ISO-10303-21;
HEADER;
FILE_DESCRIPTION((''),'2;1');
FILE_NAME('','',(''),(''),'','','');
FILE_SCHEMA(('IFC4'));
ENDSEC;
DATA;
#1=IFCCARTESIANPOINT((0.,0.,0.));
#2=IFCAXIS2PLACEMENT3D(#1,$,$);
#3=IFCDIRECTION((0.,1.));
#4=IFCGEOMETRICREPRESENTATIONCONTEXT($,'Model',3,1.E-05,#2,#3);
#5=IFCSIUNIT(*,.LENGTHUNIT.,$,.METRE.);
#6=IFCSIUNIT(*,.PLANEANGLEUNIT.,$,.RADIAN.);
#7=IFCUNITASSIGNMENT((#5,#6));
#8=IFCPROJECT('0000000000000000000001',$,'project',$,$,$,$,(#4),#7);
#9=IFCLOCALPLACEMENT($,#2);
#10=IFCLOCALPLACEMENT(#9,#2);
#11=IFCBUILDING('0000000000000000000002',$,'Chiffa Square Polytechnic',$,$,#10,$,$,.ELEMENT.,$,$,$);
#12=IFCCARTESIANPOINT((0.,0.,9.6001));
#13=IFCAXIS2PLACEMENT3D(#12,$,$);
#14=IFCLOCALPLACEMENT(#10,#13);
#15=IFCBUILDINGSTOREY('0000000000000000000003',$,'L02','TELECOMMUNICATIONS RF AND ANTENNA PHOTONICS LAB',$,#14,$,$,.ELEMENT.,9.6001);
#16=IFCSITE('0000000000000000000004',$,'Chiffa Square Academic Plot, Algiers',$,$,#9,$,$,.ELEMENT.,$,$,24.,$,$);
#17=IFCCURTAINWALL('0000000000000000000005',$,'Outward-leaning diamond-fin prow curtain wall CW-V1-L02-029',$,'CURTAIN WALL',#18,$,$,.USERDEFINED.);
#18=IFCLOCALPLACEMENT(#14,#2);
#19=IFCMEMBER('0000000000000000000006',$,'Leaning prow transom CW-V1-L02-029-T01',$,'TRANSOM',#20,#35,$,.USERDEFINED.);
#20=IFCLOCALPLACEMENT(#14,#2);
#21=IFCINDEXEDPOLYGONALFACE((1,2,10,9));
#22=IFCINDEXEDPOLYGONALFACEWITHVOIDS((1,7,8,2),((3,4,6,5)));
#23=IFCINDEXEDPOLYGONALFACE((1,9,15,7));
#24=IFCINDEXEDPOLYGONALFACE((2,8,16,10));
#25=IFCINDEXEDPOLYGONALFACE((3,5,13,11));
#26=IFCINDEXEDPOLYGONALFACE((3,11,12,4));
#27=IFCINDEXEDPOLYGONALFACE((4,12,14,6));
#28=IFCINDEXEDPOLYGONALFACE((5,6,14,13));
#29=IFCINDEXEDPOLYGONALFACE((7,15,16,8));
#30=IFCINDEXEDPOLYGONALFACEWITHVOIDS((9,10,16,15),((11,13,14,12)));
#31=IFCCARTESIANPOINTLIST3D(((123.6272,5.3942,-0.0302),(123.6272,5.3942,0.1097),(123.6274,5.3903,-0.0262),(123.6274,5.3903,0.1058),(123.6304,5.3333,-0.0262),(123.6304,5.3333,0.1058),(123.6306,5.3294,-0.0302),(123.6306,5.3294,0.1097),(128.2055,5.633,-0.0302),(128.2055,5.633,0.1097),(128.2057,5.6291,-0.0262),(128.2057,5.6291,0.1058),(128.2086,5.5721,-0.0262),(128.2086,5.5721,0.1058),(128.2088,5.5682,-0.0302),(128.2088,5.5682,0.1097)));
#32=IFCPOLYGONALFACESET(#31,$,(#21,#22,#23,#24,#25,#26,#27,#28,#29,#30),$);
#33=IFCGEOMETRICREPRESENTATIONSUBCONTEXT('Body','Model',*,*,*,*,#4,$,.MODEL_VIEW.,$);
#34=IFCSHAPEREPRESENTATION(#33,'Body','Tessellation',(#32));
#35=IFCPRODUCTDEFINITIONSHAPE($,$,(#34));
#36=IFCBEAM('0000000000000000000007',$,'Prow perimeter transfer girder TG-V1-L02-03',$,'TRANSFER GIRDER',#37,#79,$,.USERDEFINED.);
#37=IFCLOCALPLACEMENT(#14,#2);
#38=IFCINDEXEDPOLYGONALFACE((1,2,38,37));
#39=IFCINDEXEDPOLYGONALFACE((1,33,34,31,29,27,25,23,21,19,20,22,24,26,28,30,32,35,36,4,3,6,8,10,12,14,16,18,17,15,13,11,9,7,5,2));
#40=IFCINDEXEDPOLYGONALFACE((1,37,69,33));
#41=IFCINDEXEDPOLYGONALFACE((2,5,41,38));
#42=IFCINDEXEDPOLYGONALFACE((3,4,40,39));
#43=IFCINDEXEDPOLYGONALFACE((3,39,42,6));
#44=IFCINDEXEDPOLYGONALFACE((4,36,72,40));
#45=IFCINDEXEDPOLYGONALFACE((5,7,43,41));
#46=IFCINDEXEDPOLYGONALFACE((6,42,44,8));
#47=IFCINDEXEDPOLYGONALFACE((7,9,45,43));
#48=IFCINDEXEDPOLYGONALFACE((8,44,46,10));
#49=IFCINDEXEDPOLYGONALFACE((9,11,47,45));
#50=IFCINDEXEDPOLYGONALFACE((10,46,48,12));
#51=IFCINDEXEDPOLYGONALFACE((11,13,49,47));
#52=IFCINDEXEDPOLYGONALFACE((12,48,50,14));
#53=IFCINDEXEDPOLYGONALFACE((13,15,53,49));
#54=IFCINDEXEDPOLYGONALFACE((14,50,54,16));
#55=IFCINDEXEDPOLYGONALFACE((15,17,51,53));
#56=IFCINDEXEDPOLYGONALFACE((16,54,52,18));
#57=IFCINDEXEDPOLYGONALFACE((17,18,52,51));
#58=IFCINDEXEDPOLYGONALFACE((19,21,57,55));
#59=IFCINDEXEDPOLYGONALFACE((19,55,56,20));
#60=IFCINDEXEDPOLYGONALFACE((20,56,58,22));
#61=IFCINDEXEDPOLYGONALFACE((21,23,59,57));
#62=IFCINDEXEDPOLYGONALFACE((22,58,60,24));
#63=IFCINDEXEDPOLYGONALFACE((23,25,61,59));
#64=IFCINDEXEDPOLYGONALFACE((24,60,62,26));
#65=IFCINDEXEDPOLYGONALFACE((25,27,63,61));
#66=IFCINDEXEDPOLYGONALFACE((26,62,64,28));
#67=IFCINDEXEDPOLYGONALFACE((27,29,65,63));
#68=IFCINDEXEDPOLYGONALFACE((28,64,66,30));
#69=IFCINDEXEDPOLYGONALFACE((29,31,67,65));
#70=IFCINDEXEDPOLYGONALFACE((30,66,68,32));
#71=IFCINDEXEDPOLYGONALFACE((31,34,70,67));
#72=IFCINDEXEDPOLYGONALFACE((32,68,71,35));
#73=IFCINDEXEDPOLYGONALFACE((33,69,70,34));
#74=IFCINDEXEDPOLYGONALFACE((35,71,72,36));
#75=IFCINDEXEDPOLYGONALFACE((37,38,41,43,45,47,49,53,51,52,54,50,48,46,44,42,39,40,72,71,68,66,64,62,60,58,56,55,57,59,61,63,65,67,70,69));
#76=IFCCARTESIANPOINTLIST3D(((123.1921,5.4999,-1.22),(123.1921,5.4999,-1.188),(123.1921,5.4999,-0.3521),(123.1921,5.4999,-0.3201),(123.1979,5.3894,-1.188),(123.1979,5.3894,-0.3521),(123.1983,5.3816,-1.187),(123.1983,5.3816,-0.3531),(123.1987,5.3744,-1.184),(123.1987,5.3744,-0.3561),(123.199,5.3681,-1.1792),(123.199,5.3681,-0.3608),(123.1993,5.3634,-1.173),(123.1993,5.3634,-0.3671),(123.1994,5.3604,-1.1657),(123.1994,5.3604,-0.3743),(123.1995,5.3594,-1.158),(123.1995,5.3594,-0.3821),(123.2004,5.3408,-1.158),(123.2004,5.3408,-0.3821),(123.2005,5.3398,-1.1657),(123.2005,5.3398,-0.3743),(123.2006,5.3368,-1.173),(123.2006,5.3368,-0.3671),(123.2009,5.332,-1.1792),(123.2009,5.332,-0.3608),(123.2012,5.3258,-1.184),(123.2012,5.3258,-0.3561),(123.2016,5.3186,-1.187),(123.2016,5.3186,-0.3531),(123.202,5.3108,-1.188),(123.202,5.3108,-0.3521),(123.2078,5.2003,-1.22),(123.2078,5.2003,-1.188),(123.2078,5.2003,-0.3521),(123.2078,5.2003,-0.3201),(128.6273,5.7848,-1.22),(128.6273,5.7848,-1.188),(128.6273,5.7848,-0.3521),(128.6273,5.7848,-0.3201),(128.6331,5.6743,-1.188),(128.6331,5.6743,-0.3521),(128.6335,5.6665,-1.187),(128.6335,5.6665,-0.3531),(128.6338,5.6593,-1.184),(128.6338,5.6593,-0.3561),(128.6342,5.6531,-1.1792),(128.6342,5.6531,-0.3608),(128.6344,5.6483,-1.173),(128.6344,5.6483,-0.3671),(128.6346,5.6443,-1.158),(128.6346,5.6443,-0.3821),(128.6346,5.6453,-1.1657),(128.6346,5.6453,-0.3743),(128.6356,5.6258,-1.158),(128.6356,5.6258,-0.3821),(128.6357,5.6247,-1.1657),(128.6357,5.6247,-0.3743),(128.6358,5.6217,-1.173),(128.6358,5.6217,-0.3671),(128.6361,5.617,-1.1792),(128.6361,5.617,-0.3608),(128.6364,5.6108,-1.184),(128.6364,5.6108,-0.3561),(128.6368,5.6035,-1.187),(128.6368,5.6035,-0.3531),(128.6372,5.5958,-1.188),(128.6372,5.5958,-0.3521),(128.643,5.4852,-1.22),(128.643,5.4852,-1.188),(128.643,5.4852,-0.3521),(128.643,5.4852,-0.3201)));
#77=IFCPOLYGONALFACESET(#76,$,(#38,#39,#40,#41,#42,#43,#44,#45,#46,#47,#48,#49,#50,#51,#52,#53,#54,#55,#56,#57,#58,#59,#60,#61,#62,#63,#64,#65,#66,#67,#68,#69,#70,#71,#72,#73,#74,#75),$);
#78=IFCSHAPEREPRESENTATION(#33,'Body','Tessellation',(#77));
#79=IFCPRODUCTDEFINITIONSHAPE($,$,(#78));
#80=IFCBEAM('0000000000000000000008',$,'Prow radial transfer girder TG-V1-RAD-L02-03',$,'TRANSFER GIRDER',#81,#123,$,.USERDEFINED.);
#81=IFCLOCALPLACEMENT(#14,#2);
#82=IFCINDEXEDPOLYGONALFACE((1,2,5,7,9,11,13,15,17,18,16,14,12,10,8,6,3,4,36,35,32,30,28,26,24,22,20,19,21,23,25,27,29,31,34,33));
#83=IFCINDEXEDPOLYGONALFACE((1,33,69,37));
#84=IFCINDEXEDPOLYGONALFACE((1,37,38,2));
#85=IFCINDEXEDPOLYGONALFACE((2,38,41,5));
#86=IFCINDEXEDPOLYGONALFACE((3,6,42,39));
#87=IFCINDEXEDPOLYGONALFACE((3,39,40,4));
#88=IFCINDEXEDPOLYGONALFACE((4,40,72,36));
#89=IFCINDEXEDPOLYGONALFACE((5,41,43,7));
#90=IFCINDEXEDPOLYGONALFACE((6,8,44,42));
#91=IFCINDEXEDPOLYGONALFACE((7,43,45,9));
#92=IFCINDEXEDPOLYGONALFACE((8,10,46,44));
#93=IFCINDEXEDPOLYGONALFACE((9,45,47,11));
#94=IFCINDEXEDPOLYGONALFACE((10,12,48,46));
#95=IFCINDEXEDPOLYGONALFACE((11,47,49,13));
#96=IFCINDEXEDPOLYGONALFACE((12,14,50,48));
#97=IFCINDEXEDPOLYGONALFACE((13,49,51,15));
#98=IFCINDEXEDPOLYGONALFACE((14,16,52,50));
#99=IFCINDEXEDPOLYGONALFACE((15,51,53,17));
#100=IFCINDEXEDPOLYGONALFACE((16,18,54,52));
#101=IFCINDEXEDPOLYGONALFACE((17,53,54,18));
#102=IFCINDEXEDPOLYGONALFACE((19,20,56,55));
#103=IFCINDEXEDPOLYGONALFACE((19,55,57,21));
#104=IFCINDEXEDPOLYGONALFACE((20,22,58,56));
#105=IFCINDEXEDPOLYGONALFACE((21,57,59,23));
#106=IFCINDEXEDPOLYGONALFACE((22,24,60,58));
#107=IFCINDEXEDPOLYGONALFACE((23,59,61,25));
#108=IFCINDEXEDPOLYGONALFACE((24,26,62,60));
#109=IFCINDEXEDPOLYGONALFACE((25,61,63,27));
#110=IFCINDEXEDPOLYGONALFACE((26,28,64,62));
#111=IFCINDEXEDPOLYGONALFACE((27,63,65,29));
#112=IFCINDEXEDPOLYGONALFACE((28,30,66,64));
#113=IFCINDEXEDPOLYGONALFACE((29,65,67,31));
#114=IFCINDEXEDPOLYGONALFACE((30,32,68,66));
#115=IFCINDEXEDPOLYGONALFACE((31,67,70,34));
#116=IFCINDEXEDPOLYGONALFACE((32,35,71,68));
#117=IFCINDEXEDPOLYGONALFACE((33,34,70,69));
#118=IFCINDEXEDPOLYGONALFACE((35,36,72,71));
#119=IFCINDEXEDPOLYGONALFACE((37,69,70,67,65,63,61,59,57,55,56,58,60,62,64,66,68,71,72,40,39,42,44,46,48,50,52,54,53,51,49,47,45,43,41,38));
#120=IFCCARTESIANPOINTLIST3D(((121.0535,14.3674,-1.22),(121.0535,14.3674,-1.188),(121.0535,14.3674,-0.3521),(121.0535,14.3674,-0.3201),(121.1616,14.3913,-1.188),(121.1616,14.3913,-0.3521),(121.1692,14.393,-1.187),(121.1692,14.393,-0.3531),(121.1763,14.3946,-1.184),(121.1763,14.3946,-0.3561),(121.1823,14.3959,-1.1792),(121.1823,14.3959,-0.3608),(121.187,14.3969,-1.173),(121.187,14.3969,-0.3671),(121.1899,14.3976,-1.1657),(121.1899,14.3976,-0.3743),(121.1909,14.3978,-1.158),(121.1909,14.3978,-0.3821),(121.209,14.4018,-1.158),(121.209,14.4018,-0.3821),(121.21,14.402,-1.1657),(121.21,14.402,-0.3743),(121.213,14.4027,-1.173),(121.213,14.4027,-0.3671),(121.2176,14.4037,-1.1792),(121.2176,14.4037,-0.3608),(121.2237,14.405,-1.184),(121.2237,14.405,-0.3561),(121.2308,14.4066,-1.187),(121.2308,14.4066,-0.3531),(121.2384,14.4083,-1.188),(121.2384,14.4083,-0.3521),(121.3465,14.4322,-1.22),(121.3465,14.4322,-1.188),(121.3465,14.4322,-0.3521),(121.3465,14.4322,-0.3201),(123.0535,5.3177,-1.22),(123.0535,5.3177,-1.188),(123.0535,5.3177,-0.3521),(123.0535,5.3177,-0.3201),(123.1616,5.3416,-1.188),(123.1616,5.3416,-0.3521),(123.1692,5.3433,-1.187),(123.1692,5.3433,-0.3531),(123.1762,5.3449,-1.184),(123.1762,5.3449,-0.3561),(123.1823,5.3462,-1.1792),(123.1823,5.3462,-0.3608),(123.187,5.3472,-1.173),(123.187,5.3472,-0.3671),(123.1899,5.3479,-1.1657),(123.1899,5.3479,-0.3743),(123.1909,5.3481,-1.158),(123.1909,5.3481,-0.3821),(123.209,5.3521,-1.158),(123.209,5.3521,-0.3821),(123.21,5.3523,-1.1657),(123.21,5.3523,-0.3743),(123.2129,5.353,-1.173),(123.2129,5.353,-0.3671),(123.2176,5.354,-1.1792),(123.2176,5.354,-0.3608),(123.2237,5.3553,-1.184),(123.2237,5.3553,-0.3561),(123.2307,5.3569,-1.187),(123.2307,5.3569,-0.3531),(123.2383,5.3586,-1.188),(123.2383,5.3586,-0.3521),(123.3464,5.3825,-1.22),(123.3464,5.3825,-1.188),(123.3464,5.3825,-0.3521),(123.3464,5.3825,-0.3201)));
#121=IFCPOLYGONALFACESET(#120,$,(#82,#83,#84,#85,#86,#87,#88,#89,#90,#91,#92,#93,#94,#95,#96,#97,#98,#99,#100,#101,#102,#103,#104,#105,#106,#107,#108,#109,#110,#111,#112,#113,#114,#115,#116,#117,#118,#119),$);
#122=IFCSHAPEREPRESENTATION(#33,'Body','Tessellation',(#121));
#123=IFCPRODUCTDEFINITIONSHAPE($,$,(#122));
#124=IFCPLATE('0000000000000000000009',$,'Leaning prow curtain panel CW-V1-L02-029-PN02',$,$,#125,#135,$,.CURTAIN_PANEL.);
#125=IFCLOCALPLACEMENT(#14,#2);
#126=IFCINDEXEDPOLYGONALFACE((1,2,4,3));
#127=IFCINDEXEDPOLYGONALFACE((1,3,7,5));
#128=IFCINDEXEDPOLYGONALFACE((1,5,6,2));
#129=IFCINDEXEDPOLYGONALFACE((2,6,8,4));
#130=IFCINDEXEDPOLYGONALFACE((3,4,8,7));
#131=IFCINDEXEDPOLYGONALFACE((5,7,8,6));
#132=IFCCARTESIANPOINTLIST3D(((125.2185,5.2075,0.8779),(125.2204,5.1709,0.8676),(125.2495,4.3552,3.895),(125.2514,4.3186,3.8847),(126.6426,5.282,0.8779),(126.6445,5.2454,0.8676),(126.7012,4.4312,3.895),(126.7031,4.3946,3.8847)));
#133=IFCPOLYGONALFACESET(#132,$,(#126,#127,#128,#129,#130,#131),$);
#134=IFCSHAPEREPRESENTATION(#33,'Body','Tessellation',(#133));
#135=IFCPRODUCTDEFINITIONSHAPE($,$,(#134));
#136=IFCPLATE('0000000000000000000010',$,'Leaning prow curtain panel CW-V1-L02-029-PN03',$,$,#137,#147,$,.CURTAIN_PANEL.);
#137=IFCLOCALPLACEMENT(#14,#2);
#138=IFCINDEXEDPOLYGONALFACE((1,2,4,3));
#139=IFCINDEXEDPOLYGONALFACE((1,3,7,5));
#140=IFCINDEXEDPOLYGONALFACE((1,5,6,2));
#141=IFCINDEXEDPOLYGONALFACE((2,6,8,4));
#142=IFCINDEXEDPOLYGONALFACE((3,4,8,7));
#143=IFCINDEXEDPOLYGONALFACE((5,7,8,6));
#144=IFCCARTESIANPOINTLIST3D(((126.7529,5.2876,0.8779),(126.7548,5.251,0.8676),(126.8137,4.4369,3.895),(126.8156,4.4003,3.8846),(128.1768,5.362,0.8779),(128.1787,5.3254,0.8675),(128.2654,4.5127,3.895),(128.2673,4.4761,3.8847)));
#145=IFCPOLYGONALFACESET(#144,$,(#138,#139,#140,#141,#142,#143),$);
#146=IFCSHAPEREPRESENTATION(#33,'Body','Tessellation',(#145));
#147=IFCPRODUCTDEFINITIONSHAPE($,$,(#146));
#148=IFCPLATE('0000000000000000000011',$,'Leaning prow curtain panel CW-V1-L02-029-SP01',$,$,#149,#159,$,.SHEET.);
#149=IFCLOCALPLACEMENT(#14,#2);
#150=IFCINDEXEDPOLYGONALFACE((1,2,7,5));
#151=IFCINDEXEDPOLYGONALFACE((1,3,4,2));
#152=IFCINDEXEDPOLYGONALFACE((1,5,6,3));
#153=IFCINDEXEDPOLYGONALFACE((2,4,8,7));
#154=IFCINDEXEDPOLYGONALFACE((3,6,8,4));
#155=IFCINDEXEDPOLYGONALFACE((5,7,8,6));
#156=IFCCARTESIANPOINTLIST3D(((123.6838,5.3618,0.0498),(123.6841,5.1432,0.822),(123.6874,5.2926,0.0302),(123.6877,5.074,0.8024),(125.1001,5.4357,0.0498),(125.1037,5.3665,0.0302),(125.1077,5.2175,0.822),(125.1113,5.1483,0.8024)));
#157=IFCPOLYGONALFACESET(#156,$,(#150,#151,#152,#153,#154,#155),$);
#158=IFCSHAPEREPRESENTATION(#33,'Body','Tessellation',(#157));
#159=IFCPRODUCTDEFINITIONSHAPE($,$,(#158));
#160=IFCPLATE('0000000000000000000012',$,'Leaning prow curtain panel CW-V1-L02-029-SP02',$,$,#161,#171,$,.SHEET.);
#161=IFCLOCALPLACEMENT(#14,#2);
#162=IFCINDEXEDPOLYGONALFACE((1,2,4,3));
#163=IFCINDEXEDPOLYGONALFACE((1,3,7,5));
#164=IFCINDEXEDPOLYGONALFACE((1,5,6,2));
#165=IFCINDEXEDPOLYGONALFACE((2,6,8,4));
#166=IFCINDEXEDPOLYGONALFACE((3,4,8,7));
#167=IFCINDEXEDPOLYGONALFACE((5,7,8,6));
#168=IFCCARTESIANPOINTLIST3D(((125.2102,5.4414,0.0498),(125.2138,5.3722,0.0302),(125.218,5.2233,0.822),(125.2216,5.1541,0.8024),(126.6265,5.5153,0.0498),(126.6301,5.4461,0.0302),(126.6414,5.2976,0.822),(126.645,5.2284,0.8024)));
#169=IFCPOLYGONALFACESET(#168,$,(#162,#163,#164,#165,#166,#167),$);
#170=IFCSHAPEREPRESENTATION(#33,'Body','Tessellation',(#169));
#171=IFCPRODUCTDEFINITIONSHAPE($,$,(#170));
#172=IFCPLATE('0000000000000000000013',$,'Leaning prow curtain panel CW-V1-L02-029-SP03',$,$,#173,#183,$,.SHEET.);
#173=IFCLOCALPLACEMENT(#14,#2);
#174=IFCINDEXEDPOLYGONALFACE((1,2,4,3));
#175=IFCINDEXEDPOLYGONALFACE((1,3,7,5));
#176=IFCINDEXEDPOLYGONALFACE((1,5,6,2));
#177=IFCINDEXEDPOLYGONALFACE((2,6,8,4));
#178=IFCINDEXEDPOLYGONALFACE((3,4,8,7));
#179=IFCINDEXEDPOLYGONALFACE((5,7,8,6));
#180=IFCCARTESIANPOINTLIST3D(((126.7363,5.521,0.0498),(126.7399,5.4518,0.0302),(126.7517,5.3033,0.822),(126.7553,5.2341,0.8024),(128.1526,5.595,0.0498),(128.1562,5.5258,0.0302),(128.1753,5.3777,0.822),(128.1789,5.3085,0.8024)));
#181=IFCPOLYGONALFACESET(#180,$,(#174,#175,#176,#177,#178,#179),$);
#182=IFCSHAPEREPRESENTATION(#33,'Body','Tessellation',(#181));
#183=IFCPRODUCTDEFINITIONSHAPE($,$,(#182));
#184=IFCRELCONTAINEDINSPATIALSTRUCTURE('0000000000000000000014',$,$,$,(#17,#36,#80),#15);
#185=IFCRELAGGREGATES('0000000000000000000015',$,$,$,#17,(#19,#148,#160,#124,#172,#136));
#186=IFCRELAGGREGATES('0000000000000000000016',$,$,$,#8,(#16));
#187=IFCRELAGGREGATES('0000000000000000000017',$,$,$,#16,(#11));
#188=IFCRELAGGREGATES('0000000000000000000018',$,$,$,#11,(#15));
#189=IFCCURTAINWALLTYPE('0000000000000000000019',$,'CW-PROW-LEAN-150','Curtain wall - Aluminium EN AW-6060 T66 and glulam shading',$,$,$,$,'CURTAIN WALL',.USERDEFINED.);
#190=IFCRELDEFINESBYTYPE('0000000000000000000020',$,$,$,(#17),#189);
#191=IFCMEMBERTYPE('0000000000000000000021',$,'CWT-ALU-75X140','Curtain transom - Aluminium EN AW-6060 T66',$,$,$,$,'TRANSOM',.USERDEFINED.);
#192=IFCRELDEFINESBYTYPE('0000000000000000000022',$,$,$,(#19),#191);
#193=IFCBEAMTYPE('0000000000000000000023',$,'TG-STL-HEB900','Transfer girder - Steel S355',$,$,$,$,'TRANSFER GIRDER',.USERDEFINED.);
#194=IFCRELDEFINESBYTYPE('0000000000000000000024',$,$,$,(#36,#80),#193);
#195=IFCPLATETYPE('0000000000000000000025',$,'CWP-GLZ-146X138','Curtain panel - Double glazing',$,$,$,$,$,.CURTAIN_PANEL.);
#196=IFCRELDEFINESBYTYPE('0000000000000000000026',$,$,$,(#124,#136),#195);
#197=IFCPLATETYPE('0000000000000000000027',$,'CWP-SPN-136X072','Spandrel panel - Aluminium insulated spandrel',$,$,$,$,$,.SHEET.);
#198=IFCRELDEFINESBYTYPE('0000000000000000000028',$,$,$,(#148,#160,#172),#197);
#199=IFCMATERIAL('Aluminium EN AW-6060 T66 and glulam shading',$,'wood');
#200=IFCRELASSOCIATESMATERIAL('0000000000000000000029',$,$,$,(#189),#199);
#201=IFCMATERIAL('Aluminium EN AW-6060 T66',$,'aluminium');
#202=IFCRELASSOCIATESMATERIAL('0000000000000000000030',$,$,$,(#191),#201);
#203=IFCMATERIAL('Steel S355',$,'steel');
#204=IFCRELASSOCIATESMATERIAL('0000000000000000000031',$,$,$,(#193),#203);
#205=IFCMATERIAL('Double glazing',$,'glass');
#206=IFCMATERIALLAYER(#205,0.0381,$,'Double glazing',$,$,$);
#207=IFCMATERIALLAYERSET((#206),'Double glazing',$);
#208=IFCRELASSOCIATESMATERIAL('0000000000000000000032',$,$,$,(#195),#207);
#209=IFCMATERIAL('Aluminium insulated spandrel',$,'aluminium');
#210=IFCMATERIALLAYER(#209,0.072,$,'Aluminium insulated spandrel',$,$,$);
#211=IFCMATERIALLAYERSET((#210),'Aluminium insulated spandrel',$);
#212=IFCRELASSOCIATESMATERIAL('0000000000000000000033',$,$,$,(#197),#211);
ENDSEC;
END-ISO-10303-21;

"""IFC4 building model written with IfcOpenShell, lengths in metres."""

from ifc_helpers import new_model, si_unit, direction, frame, origin, origin_2d, place, context, subcontext, project, spatial, polyline, hollow_rectangle, i_section, outline, extrude, material, layer, layer_set, material_profile, profile_set, type_object, element, aggregate, save


model = new_model("IFC4")

# Units and contexts
model_context = context("Model", 3, precision=1e-05, world=origin(), true_north=direction((0.0, 1.0)))
body_context = subcontext(model_context, "Body", "Model", "MODEL_VIEW")
ifc_project = project(units=[si_unit("LENGTHUNIT", "METRE"), si_unit("PLANEANGLEUNIT", "RADIAN")], contexts=[model_context])

# Site, building, storey
site_placement = place(None, origin())
site = spatial("IfcSite", under=ifc_project, at=site_placement, Name="Chiffa Square Academic Plot, Algiers", CompositionType="ELEMENT", RefElevation=24.0)
building_placement = place(site_placement, origin())
building = spatial("IfcBuilding", under=site, at=building_placement, Name="Chiffa Square Polytechnic", CompositionType="ELEMENT")
storey_placement = place(building_placement, frame((0.0, 0.0, 9.6001)))
storey = spatial("IfcBuildingStorey", under=building, at=storey_placement, Name="L02", Description="TELECOMMUNICATIONS RF AND ANTENNA PHOTONICS LAB", CompositionType="ELEMENT", Elevation=9.6001)

# Curtain wall, member
ifc_material_1 = material(Name="Aluminium EN AW-6060 T66 and glulam shading", Category="wood")
ifc_material_2 = material(Name="Aluminium EN AW-6060 T66", Category="aluminium")
curtain_wall_type_1 = type_object("IfcCurtainWallType", Name="CW-PROW-LEAN-150", Description="Curtain wall - Aluminium EN AW-6060 T66 and glulam shading", ElementType="CURTAIN WALL", PredefinedType="USERDEFINED", material=ifc_material_1)
curtain_wall_1_placement = place(storey_placement, origin())
curtain_wall_1 = element("IfcCurtainWall", 1, at=curtain_wall_1_placement, inside=storey, type_object=curtain_wall_type_1, Name="Outward-leaning diamond-fin prow curtain wall CW-V1-L02-029", ObjectType="CURTAIN WALL", PredefinedType="USERDEFINED")
ifc_material_profile_1 = material_profile(ifc_material_2, hollow_rectangle(XDim=0.0649, YDim=0.1399, WallThickness=0.0039, at=origin_2d()), Name="ALU 65x140x4")
ifc_profile_set_1 = profile_set([ifc_material_profile_1], Name="Aluminium EN AW-6060 T66")
member_type_1 = type_object("IfcMemberType", Name="CWT-ALU-75X140", Description="Curtain transom - Aluminium EN AW-6060 T66", ElementType="TRANSOM", PredefinedType="USERDEFINED", material=ifc_profile_set_1)
member_1_placement = place(storey_placement, frame((123.6289, 5.3618, 0.0398), z_axis=(0.998643, 0.052081, 0.0), x_axis=(-0.052081, 0.998643, 0.0)))
member_1 = element("IfcMember", 2, at=member_1_placement, type_object=member_type_1, Name="Leaning prow transom CW-V1-L02-029-T01", ObjectType="TRANSOM", PredefinedType="USERDEFINED", context=body_context, shape_type="SweptSolid", body=[
    extrude(hollow_rectangle(XDim=0.0649, YDim=0.1399, WallThickness=0.0039, at=origin_2d()), origin(), (0.0, 0.0, 1.0), 4.5845),
])

# Beams
ifc_material_3 = material(Name="Steel S355", Category="steel")
ifc_material_profile_2 = material_profile(ifc_material_3, i_section(OverallWidth=0.3, OverallDepth=0.8999, WebThickness=0.0186, FlangeThickness=0.032, FilletRadius=0.03, at=origin_2d()), Name="HEB 900")
ifc_profile_set_2 = profile_set([ifc_material_profile_2], Name="Steel S355")
beam_type_1 = type_object("IfcBeamType", Name="TG-STL-HEB900", Description="Transfer girder - Steel S355", ElementType="TRANSFER GIRDER", PredefinedType="USERDEFINED", material=ifc_profile_set_2)
beam_1_placement = place(storey_placement, frame((123.2, 5.3501, -0.77), z_axis=(0.998629, 0.052349, 0.0), x_axis=(-0.052349, 0.998629, 0.0)))
element("IfcBeam", 3, at=beam_1_placement, inside=storey, type_object=beam_type_1, Name="Prow perimeter transfer girder TG-V1-L02-03", ObjectType="TRANSFER GIRDER", PredefinedType="USERDEFINED", context=body_context, shape_type="SweptSolid", body=[
    extrude(i_section(OverallWidth=0.3, OverallDepth=0.8999, WebThickness=0.0186, FlangeThickness=0.032, FilletRadius=0.03, at=origin_2d()), origin(), (0.0, 0.0, 1.0), 5.4426),
])
beam_2_placement = place(storey_placement, frame((123.2, 5.3501, -0.77), z_axis=(-0.215792, 0.976439, 0.0), x_axis=(-0.976439, -0.215792, 0.0)))
element("IfcBeam", 4, at=beam_2_placement, inside=storey, type_object=beam_type_1, Name="Prow radial transfer girder TG-V1-RAD-L02-03", ObjectType="TRANSFER GIRDER", PredefinedType="USERDEFINED", context=body_context, shape_type="SweptSolid", body=[
    extrude(i_section(OverallWidth=0.3, OverallDepth=0.8999, WebThickness=0.0186, FlangeThickness=0.032, FilletRadius=0.03, at=origin_2d()), origin(), (0.0, 0.0, 1.0), 9.2681),
])

# Plates
ifc_material_4 = material(Name="Double glazing", Category="glass")
ifc_layer_1 = layer(ifc_material_4, 0.0381, Name="Double glazing")
ifc_layer_set_1 = layer_set([ifc_layer_1], Name="Double glazing")
plate_type_1 = type_object("IfcPlateType", Name="CWP-GLZ-146X138", Description="Curtain panel - Double glazing", PredefinedType="CURTAIN_PANEL", material=ifc_layer_set_1)
plate_1_placement = place(storey_placement, frame((125.2185, 5.2075, 0.8779), z_axis=(-0.050256, 0.960989, 0.271982), x_axis=(0.998635, 0.052225, 0.000002)))
plate_1 = element("IfcPlate", 5, at=plate_1_placement, type_object=plate_type_1, Name="Leaning prow curtain panel CW-V1-L02-029-PN02", PredefinedType="CURTAIN_PANEL", context=body_context, shape_type="SweptSolid", body=[
    extrude(outline(polyline([(0.0, 0.0), (1.426, 0.0), (1.4401, -3.1353), (-0.0135, -3.1353), (0.0, 0.0)])), origin(), (0.0, 0.0, -1.0), 0.0381),
])
plate_2_placement = place(storey_placement, frame((126.7529, 5.2876, 0.8779), z_axis=(-0.050179, 0.960995, 0.271974), x_axis=(0.998639, 0.052151, -0.000021)))
plate_2 = element("IfcPlate", 6, at=plate_2_placement, type_object=plate_type_1, Name="Leaning prow curtain panel CW-V1-L02-029-PN03", PredefinedType="CURTAIN_PANEL", context=body_context, shape_type="SweptSolid", body=[
    extrude(outline(polyline([(0.0, 0.0), (1.4258, 0.0), (1.4699, -3.1353), (0.0163, -3.1352), (0.0, 0.0)])), origin(), (0.0, 0.0, -1.0), 0.0381),
])
ifc_material_5 = material(Name="Aluminium insulated spandrel", Category="aluminium")
ifc_layer_2 = layer(ifc_material_5, 0.072, Name="Aluminium insulated spandrel")
ifc_layer_set_2 = layer_set([ifc_layer_2], Name="Aluminium insulated spandrel")
plate_type_2 = type_object("IfcPlateType", Name="CWP-SPN-136X072", Description="Spandrel panel - Aluminium insulated spandrel", PredefinedType="SHEET", material=ifc_layer_set_2)
plate_3_placement = place(storey_placement, frame((123.6838, 5.3618, 0.0498), z_axis=(-0.050148, 0.960984, 0.272021), x_axis=(0.998641, 0.052116, -0.000013)))
plate_3 = element("IfcPlate", 7, at=plate_3_placement, type_object=plate_type_2, Name="Leaning prow curtain panel CW-V1-L02-029-SP01", PredefinedType="SHEET", context=body_context, shape_type="SweptSolid", body=[
    extrude(outline(polyline([(0.0, 0.0), (1.4182, 0.0), (1.4144, -0.8025), (-0.0112, -0.8025), (0.0, 0.0)])), origin(), (0.0, 0.0, -1.0), 0.072),
])
plate_4_placement = place(storey_placement, frame((125.2102, 5.4414, 0.0498), z_axis=(-0.050154, 0.961016, 0.271906), x_axis=(0.998641, 0.05212, -0.000012)))
plate_4 = element("IfcPlate", 8, at=plate_4_placement, type_object=plate_type_2, Name="Leaning prow curtain panel CW-V1-L02-029-SP02", PredefinedType="SHEET", context=body_context, shape_type="SweptSolid", body=[
    extrude(outline(polyline([(0.0, 0.0), (1.4182, 0.0), (1.4217, -0.8025), (-0.0036, -0.8024), (0.0, 0.0)])), origin(), (0.0, 0.0, -1.0), 0.072),
])
plate_5_placement = place(storey_placement, frame((126.7363, 5.521, 0.0498), z_axis=(-0.050231, 0.961, 0.271947), x_axis=(0.998636, 0.052208, -0.000035)))
plate_5 = element("IfcPlate", 9, at=plate_5_placement, type_object=plate_type_2, Name="Leaning prow curtain panel CW-V1-L02-029-SP03", PredefinedType="SHEET", context=body_context, shape_type="SweptSolid", body=[
    extrude(outline(polyline([(0.0, 0.0), (1.4182, 0.0), (1.4295, -0.8025), (0.004, -0.8024), (0.0, 0.0)])), origin(), (0.0, 0.0, -1.0), 0.072),
])
aggregate(curtain_wall_1, [member_1, plate_3, plate_4, plate_1, plate_5, plate_2])

save(model, "model.ifc")
